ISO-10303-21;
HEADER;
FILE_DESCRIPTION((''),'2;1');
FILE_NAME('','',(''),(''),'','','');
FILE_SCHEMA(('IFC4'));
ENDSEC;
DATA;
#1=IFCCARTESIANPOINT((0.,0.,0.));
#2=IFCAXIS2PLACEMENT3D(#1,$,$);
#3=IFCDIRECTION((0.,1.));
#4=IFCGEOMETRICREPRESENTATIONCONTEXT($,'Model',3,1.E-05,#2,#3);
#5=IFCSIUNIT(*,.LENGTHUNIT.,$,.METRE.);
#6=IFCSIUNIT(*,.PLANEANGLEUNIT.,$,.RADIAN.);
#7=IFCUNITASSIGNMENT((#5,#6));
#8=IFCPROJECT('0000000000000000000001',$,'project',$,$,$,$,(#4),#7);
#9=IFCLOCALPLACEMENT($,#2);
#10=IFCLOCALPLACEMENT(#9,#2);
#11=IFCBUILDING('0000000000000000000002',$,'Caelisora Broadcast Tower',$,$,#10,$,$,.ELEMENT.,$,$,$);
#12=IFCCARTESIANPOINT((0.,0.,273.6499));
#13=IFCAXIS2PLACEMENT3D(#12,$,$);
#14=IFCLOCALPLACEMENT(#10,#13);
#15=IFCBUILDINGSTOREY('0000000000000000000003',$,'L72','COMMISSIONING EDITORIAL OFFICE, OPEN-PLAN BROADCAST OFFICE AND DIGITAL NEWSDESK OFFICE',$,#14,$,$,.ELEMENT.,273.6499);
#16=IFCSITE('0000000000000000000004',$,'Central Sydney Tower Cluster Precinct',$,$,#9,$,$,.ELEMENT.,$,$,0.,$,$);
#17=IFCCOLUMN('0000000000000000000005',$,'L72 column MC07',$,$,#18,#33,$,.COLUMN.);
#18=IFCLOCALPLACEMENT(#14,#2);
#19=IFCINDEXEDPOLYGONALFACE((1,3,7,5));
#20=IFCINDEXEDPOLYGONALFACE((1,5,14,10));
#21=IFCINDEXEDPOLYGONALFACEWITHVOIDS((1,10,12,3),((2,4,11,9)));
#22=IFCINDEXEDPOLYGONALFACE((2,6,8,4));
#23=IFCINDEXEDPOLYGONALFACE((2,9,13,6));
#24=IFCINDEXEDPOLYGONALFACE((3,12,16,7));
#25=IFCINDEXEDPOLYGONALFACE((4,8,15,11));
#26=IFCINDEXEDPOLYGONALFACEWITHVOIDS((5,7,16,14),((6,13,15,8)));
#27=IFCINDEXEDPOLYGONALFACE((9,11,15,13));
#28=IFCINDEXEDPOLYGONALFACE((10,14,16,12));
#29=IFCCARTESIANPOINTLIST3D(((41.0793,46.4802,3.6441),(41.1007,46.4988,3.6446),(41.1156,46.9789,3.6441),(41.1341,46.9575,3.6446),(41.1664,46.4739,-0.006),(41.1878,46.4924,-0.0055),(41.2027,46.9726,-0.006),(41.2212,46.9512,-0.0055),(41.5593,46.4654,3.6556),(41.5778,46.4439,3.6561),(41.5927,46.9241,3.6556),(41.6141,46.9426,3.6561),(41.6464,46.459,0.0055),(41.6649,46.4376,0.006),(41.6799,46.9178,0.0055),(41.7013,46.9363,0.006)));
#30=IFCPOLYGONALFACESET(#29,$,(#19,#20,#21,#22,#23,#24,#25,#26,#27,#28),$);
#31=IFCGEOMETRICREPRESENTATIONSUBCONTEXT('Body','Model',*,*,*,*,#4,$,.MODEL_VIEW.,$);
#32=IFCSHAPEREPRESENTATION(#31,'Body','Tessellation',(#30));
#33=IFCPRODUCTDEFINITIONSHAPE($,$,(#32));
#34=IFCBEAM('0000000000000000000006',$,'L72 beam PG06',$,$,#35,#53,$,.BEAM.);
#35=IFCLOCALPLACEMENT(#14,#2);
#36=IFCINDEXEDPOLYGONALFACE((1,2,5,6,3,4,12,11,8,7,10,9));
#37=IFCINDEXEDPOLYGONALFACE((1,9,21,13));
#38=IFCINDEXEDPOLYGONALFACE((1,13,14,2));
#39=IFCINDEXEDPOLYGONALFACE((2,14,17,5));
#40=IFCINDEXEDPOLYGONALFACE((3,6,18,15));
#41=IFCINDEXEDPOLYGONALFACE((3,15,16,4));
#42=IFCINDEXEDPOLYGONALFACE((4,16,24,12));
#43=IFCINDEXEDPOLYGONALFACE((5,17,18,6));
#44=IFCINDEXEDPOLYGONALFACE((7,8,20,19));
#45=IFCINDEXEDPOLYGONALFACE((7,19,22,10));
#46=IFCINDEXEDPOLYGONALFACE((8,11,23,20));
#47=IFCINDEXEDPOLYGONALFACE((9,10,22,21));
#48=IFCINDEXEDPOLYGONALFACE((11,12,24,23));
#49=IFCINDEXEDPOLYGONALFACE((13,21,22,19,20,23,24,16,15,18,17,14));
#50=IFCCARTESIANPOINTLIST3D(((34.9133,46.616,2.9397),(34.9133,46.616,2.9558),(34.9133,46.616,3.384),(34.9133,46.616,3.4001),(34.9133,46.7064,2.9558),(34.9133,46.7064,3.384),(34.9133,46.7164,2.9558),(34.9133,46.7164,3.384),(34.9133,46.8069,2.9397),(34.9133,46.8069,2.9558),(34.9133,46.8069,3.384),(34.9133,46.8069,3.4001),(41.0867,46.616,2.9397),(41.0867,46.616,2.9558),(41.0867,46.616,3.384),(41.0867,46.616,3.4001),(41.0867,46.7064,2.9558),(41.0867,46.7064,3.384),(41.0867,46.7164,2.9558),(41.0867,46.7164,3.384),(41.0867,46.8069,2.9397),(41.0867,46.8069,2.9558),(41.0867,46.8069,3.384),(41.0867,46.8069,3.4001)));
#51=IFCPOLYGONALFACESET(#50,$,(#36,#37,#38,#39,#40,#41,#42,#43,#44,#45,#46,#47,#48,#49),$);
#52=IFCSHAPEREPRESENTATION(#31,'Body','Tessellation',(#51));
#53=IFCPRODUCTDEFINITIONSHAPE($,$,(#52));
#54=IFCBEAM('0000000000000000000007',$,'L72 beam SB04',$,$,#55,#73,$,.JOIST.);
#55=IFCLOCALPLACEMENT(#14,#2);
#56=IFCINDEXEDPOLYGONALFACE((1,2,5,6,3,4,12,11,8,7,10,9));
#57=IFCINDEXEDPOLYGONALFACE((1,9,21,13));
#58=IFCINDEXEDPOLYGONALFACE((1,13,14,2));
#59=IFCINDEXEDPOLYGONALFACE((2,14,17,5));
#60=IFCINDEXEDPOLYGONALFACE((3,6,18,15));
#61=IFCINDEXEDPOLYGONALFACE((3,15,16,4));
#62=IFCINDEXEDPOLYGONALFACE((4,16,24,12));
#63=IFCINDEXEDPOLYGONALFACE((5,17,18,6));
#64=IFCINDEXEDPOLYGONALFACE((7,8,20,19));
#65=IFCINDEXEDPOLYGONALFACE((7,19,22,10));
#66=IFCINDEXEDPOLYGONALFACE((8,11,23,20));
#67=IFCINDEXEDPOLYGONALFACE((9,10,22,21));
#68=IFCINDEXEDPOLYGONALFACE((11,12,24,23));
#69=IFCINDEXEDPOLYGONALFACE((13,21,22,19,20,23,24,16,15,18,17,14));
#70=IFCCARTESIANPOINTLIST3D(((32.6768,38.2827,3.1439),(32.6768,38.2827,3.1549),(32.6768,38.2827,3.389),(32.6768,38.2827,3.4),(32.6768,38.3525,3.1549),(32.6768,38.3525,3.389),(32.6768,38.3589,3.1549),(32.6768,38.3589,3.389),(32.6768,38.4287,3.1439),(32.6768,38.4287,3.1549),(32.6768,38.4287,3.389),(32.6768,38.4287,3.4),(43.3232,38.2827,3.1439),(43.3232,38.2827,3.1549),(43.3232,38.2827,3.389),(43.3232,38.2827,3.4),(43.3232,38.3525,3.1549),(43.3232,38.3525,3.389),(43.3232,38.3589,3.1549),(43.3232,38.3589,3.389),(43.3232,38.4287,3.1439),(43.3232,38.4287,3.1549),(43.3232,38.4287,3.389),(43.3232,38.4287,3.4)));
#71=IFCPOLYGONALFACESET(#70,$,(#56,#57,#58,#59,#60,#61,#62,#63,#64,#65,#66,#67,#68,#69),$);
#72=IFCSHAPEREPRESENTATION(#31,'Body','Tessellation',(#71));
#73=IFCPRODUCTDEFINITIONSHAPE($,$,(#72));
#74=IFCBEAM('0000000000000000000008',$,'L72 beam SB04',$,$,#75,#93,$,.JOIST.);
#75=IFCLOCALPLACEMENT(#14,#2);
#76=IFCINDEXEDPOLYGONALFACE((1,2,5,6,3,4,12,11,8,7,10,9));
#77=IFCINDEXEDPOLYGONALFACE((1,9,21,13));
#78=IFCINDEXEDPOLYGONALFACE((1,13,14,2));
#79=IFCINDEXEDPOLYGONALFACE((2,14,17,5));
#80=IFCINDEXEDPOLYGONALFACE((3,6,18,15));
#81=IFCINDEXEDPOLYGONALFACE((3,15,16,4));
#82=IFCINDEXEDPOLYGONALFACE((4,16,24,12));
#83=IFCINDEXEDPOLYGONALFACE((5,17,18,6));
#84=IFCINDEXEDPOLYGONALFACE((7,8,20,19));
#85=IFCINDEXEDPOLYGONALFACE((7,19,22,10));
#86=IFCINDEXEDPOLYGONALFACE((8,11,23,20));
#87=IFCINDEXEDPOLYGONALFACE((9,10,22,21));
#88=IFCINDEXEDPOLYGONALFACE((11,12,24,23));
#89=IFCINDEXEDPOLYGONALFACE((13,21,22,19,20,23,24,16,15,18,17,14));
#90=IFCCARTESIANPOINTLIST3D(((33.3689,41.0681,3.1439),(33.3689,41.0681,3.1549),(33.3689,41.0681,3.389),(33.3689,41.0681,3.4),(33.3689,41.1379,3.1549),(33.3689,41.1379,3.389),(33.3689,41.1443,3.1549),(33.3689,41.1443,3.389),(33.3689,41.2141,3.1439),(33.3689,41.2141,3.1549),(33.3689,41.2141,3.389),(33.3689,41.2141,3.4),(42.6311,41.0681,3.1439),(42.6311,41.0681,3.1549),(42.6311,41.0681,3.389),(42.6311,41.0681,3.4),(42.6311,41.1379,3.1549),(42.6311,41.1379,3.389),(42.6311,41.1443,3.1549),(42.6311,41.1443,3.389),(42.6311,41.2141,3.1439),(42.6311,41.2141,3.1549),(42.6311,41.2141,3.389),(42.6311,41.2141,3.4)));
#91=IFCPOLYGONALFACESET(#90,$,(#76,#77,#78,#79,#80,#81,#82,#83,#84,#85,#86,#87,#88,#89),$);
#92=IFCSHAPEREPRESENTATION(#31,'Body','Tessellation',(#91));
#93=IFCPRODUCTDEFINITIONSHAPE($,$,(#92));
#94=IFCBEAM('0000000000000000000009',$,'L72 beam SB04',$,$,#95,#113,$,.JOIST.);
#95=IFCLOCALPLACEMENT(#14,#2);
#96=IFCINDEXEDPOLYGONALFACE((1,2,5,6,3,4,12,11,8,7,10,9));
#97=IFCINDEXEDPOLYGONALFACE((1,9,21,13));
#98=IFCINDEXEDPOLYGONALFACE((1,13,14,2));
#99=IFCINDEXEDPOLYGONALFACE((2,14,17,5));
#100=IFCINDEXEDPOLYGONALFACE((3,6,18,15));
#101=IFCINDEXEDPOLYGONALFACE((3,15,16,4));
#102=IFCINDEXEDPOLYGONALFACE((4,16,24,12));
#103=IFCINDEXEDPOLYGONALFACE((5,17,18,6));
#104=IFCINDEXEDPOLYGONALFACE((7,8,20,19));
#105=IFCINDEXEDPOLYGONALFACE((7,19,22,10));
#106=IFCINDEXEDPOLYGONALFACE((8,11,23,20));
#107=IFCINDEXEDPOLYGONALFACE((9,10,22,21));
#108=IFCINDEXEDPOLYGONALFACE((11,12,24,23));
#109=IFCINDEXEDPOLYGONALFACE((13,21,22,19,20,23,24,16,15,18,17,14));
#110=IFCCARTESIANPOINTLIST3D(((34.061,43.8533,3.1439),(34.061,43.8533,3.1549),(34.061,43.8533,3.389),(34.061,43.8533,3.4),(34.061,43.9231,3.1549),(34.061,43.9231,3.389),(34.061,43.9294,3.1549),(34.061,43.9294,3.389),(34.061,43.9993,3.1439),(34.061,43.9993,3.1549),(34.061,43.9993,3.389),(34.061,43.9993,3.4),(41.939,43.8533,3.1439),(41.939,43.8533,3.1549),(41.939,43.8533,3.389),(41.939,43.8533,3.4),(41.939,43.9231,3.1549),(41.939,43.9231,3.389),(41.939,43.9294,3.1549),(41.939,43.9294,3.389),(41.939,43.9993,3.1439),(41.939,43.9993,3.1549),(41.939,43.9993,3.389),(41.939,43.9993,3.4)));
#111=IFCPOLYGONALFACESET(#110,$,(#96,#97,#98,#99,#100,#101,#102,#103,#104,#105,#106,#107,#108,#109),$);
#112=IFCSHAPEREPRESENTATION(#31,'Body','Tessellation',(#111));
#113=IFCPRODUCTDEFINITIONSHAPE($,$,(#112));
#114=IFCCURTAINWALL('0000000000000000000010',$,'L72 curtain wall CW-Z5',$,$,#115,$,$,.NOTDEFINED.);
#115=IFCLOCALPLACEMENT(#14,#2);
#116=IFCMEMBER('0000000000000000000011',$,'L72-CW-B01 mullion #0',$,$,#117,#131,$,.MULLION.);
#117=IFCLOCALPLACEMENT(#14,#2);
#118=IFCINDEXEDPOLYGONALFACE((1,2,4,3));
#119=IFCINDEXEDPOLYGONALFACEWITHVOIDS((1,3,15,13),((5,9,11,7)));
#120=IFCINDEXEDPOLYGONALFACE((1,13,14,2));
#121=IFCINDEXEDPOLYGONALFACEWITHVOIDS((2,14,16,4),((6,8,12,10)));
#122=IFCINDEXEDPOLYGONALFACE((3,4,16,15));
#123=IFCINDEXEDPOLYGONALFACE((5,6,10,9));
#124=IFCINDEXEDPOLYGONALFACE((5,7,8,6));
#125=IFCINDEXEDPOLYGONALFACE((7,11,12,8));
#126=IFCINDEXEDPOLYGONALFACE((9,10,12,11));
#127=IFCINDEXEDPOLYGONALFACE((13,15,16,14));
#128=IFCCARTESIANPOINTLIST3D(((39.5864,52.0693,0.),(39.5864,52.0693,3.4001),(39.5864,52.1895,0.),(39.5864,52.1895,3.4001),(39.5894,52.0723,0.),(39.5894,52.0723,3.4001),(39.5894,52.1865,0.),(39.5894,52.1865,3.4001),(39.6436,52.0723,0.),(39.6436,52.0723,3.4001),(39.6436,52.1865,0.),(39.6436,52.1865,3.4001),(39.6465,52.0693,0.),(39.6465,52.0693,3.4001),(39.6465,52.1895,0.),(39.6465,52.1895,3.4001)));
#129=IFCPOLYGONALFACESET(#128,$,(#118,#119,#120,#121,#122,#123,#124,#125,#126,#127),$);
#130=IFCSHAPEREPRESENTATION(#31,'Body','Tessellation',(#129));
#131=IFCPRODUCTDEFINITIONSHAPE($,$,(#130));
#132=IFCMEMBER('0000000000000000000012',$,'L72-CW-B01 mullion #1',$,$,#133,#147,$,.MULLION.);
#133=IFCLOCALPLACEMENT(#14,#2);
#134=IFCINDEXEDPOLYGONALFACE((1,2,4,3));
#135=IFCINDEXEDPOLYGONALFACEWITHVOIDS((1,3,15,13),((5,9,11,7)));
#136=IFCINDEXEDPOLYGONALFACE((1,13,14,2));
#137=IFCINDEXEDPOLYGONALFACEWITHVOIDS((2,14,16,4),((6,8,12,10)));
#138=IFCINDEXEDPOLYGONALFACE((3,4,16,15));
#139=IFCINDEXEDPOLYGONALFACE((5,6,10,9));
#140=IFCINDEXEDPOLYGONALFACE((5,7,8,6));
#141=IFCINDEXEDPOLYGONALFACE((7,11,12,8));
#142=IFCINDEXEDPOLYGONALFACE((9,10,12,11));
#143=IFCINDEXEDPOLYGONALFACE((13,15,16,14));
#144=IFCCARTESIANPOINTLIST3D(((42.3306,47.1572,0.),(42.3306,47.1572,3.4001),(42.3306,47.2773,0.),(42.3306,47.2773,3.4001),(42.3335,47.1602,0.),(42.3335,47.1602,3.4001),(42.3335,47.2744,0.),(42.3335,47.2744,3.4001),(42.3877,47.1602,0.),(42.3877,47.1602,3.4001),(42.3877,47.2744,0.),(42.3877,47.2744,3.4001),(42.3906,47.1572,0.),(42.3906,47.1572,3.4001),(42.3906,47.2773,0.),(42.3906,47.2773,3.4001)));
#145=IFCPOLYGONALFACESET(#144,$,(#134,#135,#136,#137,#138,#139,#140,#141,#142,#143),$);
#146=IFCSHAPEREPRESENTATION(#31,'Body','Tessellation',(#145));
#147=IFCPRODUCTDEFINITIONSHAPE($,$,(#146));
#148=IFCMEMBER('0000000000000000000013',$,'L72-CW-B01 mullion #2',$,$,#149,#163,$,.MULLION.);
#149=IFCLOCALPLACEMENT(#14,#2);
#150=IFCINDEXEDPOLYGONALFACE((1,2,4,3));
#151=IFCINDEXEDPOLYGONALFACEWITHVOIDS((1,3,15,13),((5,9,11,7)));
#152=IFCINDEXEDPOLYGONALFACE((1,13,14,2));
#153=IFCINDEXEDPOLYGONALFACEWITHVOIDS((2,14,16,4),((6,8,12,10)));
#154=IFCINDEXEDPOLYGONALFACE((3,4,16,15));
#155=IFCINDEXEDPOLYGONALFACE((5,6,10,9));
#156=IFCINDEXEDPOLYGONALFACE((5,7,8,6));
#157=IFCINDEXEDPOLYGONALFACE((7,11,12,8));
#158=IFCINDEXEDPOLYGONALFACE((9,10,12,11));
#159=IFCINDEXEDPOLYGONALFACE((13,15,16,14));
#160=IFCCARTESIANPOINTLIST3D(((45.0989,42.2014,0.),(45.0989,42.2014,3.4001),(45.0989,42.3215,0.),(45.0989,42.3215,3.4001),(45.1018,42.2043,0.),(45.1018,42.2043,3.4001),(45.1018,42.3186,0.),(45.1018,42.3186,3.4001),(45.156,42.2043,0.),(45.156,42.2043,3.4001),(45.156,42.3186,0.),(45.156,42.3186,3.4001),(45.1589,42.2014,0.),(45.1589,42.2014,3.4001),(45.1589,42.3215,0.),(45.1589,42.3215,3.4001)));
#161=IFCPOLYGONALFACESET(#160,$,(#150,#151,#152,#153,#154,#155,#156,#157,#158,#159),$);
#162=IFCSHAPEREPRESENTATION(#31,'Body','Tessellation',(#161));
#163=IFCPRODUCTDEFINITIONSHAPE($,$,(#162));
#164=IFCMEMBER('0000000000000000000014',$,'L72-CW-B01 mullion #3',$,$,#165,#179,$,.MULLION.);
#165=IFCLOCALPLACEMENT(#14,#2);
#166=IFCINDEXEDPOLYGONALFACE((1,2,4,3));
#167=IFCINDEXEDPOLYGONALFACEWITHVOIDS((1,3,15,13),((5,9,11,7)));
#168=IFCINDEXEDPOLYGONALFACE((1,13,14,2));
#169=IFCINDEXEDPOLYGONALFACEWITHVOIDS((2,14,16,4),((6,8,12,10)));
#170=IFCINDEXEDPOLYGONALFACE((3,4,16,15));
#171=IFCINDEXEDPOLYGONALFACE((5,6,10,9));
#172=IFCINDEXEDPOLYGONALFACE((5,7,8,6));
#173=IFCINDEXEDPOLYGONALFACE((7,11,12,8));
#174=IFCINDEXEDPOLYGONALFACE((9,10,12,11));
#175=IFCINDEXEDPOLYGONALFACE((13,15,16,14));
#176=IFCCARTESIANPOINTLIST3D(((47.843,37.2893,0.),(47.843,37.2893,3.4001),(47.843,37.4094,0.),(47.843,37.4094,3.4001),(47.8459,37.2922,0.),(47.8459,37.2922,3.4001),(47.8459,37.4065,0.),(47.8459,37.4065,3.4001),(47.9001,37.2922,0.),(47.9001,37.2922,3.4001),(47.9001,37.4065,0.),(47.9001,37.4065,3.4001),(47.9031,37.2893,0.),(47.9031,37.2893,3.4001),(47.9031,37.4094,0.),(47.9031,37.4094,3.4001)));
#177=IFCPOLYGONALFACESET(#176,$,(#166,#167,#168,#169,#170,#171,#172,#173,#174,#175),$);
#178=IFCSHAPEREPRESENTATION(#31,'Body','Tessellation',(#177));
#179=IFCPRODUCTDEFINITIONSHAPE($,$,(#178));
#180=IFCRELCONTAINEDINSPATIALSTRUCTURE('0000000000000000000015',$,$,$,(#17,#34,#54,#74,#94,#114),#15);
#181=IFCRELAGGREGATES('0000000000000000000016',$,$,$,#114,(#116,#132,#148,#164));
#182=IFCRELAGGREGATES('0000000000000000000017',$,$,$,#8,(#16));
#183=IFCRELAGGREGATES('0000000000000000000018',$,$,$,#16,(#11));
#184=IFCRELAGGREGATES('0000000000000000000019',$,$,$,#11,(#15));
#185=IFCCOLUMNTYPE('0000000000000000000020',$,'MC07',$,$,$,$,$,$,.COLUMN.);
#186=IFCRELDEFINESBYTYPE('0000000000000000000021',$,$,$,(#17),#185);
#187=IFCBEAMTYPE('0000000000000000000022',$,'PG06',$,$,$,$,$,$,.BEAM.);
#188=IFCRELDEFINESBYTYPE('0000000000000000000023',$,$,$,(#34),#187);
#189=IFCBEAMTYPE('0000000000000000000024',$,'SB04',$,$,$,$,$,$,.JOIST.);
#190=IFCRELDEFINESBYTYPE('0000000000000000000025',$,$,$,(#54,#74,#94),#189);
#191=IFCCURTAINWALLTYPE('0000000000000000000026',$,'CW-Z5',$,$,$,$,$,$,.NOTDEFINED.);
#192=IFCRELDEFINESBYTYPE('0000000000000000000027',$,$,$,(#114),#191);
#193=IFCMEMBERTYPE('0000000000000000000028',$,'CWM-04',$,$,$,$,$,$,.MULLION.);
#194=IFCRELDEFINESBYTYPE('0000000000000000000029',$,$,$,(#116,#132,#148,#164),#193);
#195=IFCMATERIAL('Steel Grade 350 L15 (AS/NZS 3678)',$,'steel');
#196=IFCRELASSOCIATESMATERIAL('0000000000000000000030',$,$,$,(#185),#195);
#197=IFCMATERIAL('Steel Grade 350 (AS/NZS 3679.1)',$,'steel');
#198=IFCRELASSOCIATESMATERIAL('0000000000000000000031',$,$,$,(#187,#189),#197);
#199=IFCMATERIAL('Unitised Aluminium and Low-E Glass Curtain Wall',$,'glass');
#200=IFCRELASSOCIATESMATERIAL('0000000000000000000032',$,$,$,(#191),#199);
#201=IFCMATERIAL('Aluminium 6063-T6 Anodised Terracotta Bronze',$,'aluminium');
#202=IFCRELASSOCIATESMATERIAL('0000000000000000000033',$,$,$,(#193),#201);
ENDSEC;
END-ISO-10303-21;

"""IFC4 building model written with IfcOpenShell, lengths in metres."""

from ifc_helpers import new_model, si_unit, direction, frame, origin, origin_2d, place, context, subcontext, project, spatial, hollow_rectangle, i_section, extrude, source, transform, mapped, material, material_profile, profile_set, type_object, type_shapes, element, aggregate, save


model = new_model("IFC4")

# Units and contexts
model_context = context("Model", 3, precision=1e-05, world=origin(), true_north=direction((0.0, 1.0)))
body_context = subcontext(model_context, "Body", "Model", "MODEL_VIEW")
ifc_project = project(units=[si_unit("LENGTHUNIT", "METRE"), si_unit("PLANEANGLEUNIT", "RADIAN")], contexts=[model_context])

# Site, building, storey
site_placement = place(None, origin())
site = spatial("IfcSite", under=ifc_project, at=site_placement, Name="Central Sydney Tower Cluster Precinct", CompositionType="ELEMENT", RefElevation=0.0)
building_placement = place(site_placement, origin())
building = spatial("IfcBuilding", under=site, at=building_placement, Name="Caelisora Broadcast Tower", CompositionType="ELEMENT")
storey_placement = place(building_placement, frame((0.0, 0.0, 273.6499)))
storey = spatial("IfcBuildingStorey", under=building, at=storey_placement, Name="L72", Description="COMMISSIONING EDITORIAL OFFICE, OPEN-PLAN BROADCAST OFFICE AND DIGITAL NEWSDESK OFFICE", CompositionType="ELEMENT", Elevation=273.6499)

# Column
ifc_material_1 = material(Name="Steel Grade 350 L15 (AS/NZS 3678)", Category="steel")
ifc_material_profile_1 = material_profile(ifc_material_1, hollow_rectangle(XDim=0.5, YDim=0.5, WallThickness=0.02, at=origin_2d()), Name="Steel Grade 350 L15 (AS/NZS 3678)")
ifc_profile_set_1 = profile_set([ifc_material_profile_1], Name="Steel Grade 350 L15 (AS/NZS 3678)")
column_type = type_object("IfcColumnType", Name="MC07", PredefinedType="COLUMN", material=ifc_profile_set_1)
shared_shape_1 = source(origin(), body_context, "Body", "SweptSolid", [
    extrude(hollow_rectangle(XDim=0.5, YDim=0.5, WallThickness=0.02, at=origin_2d()), origin(), (0.0, 0.0, 1.0), 3.6511),
])
type_shapes(column_type, [shared_shape_1])
column_placement = place(storey_placement, frame((41.4338, 46.7051, 0.0), z_axis=(-0.023871, 0.001739, 0.999714), x_axis=(-0.072637, -0.997358, 0.0)))
element("IfcColumn", 1, at=column_placement, inside=storey, type_object=column_type, Name="L72 column MC07", PredefinedType="COLUMN", context=body_context, shape_type="MappedRepresentation", body=[
    mapped(shared_shape_1, transform((0.0, 0.0, 0.0), scale=1.0)),
])

# Beams
ifc_material_2 = material(Name="Steel Grade 350 (AS/NZS 3679.1)", Category="steel")
ifc_material_profile_2 = material_profile(ifc_material_2, i_section(OverallWidth=0.1909, OverallDepth=0.4604, WebThickness=0.01, FlangeThickness=0.0161, at=origin_2d()), Name="Steel Grade 350 (AS/NZS 3679.1)")
ifc_profile_set_2 = profile_set([ifc_material_profile_2], Name="Steel Grade 350 (AS/NZS 3679.1)")
beam_type_1 = type_object("IfcBeamType", Name="PG06", PredefinedType="BEAM", material=ifc_profile_set_2)
shared_shape_2 = source(origin(), body_context, "Body", "SweptSolid", [
    extrude(i_section(OverallWidth=0.1909, OverallDepth=0.4604, WebThickness=0.01, FlangeThickness=0.0161, at=origin_2d()), origin(), (0.0, 0.0, 1.0), 6.1733),
])
type_shapes(beam_type_1, [shared_shape_2])
beam_1_placement = place(storey_placement, frame((41.0867, 46.7114, 3.1699), z_axis=(-1.0, 0.0, 0.0), x_axis=(0.0, -1.0, 0.0)))
element("IfcBeam", 2, at=beam_1_placement, inside=storey, type_object=beam_type_1, Name="L72 beam PG06", PredefinedType="BEAM", context=body_context, shape_type="MappedRepresentation", body=[
    mapped(shared_shape_2, transform((0.0, 0.0, 0.0), scale=1.0)),
])
ifc_material_profile_3 = material_profile(ifc_material_2, i_section(OverallWidth=0.146, OverallDepth=0.2561, WebThickness=0.0063, FlangeThickness=0.011, at=origin_2d()), Name="Steel Grade 350 (AS/NZS 3679.1)")
ifc_profile_set_3 = profile_set([ifc_material_profile_3], Name="Steel Grade 350 (AS/NZS 3679.1)")
beam_type_2 = type_object("IfcBeamType", Name="SB04", PredefinedType="JOIST", material=ifc_profile_set_3)
shared_shape_3 = source(origin(), body_context, "Body", "SweptSolid", [
    extrude(i_section(OverallWidth=0.146, OverallDepth=0.2561, WebThickness=0.0063, FlangeThickness=0.011, at=origin_2d()), origin(), (0.0, 0.0, 1.0), 10.6465),
])
beam_2_placement = place(storey_placement, frame((43.3232, 38.3557, 3.272), z_axis=(-1.0, 0.0, 0.0), x_axis=(0.0, -1.0, 0.0)))
element("IfcBeam", 3, at=beam_2_placement, inside=storey, type_object=beam_type_2, Name="L72 beam SB04", PredefinedType="JOIST", context=body_context, shape_type="MappedRepresentation", body=[
    mapped(shared_shape_3, transform((0.0, 0.0, 0.0), scale=1.0)),
])
shared_shape_4 = source(origin(), body_context, "Body", "SweptSolid", [
    extrude(i_section(OverallWidth=0.146, OverallDepth=0.2561, WebThickness=0.0063, FlangeThickness=0.011, at=origin_2d()), origin(), (0.0, 0.0, 1.0), 9.2622),
])
beam_3_placement = place(storey_placement, frame((42.6311, 41.1411, 3.272), z_axis=(-1.0, 0.0, 0.0), x_axis=(0.0, -1.0, 0.0)))
element("IfcBeam", 4, at=beam_3_placement, inside=storey, type_object=beam_type_2, Name="L72 beam SB04", PredefinedType="JOIST", context=body_context, shape_type="MappedRepresentation", body=[
    mapped(shared_shape_4, transform((0.0, 0.0, 0.0), scale=1.0)),
])
shared_shape_5 = source(origin(), body_context, "Body", "SweptSolid", [
    extrude(i_section(OverallWidth=0.146, OverallDepth=0.2561, WebThickness=0.0063, FlangeThickness=0.011, at=origin_2d()), origin(), (0.0, 0.0, 1.0), 7.8779),
])
type_shapes(beam_type_2, [shared_shape_3, shared_shape_4, shared_shape_5])
beam_4_placement = place(storey_placement, frame((41.939, 43.9263, 3.272), z_axis=(-1.0, 0.0, 0.0), x_axis=(0.0, -1.0, 0.0)))
element("IfcBeam", 5, at=beam_4_placement, inside=storey, type_object=beam_type_2, Name="L72 beam SB04", PredefinedType="JOIST", context=body_context, shape_type="MappedRepresentation", body=[
    mapped(shared_shape_5, transform((0.0, 0.0, 0.0), scale=1.0)),
])

# Curtain wall, members
ifc_material_3 = material(Name="Unitised Aluminium and Low-E Glass Curtain Wall", Category="glass")
curtain_wall_type = type_object("IfcCurtainWallType", Name="CW-Z5", PredefinedType="NOTDEFINED", material=ifc_material_3)
curtain_wall_1_placement = place(storey_placement, origin())
curtain_wall_1 = element("IfcCurtainWall", 6, at=curtain_wall_1_placement, inside=storey, type_object=curtain_wall_type, Name="L72 curtain wall CW-Z5", PredefinedType="NOTDEFINED")
ifc_material_4 = material(Name="Aluminium 6063-T6 Anodised Terracotta Bronze", Category="aluminium")
ifc_material_profile_4 = material_profile(ifc_material_4, hollow_rectangle(XDim=0.0601, YDim=0.1201, WallThickness=0.0029, at=origin_2d()), Name="Aluminium 6063-T6 Anodised Terracotta Bronze")
ifc_profile_set_4 = profile_set([ifc_material_profile_4], Name="Aluminium 6063-T6 Anodised Terracotta Bronze")
member_type_1 = type_object("IfcMemberType", Name="CWM-04", PredefinedType="MULLION", material=ifc_profile_set_4)
shared_shape_6 = source(origin(), body_context, "Body", "SweptSolid", [
    extrude(hollow_rectangle(XDim=0.0601, YDim=0.1201, WallThickness=0.0029, at=origin_2d()), origin(), (0.0, 0.0, 1.0), 3.4001),
])
type_shapes(member_type_1, [shared_shape_6])
member_1_placement = place(storey_placement, frame((39.6165, 52.1294, 0.0), z_axis=(0.0, 0.0, 1.0), x_axis=(1.0, 0.0, 0.0)))
member_1 = element("IfcMember", 7, at=member_1_placement, type_object=member_type_1, Name="L72-CW-B01 mullion #0", PredefinedType="MULLION", context=body_context, shape_type="MappedRepresentation", body=[
    mapped(shared_shape_6, transform((0.0, 0.0, 0.0), scale=1.0)),
])
member_2_placement = place(storey_placement, frame((42.3606, 47.2173, 0.0), z_axis=(0.0, 0.0, 1.0), x_axis=(1.0, 0.0, 0.0)))
member_2 = element("IfcMember", 8, at=member_2_placement, type_object=member_type_1, Name="L72-CW-B01 mullion #1", PredefinedType="MULLION", context=body_context, shape_type="MappedRepresentation", body=[
    mapped(shared_shape_6, transform((0.0, 0.0, 0.0), scale=1.0)),
])
member_3_placement = place(storey_placement, frame((45.1289, 42.2615, 0.0), z_axis=(0.0, 0.0, 1.0), x_axis=(1.0, 0.0, 0.0)))
member_3 = element("IfcMember", 9, at=member_3_placement, type_object=member_type_1, Name="L72-CW-B01 mullion #2", PredefinedType="MULLION", context=body_context, shape_type="MappedRepresentation", body=[
    mapped(shared_shape_6, transform((0.0, 0.0, 0.0), scale=1.0)),
])
member_4_placement = place(storey_placement, frame((47.873, 37.3494, 0.0), z_axis=(0.0, 0.0, 1.0), x_axis=(1.0, 0.0, 0.0)))
member_4 = element("IfcMember", 10, at=member_4_placement, type_object=member_type_1, Name="L72-CW-B01 mullion #3", PredefinedType="MULLION", context=body_context, shape_type="MappedRepresentation", body=[
    mapped(shared_shape_6, transform((0.0, 0.0, 0.0), scale=1.0)),
])

aggregate(curtain_wall_1, [member_1, member_2, member_3, member_4])

save(model, "model.ifc")
